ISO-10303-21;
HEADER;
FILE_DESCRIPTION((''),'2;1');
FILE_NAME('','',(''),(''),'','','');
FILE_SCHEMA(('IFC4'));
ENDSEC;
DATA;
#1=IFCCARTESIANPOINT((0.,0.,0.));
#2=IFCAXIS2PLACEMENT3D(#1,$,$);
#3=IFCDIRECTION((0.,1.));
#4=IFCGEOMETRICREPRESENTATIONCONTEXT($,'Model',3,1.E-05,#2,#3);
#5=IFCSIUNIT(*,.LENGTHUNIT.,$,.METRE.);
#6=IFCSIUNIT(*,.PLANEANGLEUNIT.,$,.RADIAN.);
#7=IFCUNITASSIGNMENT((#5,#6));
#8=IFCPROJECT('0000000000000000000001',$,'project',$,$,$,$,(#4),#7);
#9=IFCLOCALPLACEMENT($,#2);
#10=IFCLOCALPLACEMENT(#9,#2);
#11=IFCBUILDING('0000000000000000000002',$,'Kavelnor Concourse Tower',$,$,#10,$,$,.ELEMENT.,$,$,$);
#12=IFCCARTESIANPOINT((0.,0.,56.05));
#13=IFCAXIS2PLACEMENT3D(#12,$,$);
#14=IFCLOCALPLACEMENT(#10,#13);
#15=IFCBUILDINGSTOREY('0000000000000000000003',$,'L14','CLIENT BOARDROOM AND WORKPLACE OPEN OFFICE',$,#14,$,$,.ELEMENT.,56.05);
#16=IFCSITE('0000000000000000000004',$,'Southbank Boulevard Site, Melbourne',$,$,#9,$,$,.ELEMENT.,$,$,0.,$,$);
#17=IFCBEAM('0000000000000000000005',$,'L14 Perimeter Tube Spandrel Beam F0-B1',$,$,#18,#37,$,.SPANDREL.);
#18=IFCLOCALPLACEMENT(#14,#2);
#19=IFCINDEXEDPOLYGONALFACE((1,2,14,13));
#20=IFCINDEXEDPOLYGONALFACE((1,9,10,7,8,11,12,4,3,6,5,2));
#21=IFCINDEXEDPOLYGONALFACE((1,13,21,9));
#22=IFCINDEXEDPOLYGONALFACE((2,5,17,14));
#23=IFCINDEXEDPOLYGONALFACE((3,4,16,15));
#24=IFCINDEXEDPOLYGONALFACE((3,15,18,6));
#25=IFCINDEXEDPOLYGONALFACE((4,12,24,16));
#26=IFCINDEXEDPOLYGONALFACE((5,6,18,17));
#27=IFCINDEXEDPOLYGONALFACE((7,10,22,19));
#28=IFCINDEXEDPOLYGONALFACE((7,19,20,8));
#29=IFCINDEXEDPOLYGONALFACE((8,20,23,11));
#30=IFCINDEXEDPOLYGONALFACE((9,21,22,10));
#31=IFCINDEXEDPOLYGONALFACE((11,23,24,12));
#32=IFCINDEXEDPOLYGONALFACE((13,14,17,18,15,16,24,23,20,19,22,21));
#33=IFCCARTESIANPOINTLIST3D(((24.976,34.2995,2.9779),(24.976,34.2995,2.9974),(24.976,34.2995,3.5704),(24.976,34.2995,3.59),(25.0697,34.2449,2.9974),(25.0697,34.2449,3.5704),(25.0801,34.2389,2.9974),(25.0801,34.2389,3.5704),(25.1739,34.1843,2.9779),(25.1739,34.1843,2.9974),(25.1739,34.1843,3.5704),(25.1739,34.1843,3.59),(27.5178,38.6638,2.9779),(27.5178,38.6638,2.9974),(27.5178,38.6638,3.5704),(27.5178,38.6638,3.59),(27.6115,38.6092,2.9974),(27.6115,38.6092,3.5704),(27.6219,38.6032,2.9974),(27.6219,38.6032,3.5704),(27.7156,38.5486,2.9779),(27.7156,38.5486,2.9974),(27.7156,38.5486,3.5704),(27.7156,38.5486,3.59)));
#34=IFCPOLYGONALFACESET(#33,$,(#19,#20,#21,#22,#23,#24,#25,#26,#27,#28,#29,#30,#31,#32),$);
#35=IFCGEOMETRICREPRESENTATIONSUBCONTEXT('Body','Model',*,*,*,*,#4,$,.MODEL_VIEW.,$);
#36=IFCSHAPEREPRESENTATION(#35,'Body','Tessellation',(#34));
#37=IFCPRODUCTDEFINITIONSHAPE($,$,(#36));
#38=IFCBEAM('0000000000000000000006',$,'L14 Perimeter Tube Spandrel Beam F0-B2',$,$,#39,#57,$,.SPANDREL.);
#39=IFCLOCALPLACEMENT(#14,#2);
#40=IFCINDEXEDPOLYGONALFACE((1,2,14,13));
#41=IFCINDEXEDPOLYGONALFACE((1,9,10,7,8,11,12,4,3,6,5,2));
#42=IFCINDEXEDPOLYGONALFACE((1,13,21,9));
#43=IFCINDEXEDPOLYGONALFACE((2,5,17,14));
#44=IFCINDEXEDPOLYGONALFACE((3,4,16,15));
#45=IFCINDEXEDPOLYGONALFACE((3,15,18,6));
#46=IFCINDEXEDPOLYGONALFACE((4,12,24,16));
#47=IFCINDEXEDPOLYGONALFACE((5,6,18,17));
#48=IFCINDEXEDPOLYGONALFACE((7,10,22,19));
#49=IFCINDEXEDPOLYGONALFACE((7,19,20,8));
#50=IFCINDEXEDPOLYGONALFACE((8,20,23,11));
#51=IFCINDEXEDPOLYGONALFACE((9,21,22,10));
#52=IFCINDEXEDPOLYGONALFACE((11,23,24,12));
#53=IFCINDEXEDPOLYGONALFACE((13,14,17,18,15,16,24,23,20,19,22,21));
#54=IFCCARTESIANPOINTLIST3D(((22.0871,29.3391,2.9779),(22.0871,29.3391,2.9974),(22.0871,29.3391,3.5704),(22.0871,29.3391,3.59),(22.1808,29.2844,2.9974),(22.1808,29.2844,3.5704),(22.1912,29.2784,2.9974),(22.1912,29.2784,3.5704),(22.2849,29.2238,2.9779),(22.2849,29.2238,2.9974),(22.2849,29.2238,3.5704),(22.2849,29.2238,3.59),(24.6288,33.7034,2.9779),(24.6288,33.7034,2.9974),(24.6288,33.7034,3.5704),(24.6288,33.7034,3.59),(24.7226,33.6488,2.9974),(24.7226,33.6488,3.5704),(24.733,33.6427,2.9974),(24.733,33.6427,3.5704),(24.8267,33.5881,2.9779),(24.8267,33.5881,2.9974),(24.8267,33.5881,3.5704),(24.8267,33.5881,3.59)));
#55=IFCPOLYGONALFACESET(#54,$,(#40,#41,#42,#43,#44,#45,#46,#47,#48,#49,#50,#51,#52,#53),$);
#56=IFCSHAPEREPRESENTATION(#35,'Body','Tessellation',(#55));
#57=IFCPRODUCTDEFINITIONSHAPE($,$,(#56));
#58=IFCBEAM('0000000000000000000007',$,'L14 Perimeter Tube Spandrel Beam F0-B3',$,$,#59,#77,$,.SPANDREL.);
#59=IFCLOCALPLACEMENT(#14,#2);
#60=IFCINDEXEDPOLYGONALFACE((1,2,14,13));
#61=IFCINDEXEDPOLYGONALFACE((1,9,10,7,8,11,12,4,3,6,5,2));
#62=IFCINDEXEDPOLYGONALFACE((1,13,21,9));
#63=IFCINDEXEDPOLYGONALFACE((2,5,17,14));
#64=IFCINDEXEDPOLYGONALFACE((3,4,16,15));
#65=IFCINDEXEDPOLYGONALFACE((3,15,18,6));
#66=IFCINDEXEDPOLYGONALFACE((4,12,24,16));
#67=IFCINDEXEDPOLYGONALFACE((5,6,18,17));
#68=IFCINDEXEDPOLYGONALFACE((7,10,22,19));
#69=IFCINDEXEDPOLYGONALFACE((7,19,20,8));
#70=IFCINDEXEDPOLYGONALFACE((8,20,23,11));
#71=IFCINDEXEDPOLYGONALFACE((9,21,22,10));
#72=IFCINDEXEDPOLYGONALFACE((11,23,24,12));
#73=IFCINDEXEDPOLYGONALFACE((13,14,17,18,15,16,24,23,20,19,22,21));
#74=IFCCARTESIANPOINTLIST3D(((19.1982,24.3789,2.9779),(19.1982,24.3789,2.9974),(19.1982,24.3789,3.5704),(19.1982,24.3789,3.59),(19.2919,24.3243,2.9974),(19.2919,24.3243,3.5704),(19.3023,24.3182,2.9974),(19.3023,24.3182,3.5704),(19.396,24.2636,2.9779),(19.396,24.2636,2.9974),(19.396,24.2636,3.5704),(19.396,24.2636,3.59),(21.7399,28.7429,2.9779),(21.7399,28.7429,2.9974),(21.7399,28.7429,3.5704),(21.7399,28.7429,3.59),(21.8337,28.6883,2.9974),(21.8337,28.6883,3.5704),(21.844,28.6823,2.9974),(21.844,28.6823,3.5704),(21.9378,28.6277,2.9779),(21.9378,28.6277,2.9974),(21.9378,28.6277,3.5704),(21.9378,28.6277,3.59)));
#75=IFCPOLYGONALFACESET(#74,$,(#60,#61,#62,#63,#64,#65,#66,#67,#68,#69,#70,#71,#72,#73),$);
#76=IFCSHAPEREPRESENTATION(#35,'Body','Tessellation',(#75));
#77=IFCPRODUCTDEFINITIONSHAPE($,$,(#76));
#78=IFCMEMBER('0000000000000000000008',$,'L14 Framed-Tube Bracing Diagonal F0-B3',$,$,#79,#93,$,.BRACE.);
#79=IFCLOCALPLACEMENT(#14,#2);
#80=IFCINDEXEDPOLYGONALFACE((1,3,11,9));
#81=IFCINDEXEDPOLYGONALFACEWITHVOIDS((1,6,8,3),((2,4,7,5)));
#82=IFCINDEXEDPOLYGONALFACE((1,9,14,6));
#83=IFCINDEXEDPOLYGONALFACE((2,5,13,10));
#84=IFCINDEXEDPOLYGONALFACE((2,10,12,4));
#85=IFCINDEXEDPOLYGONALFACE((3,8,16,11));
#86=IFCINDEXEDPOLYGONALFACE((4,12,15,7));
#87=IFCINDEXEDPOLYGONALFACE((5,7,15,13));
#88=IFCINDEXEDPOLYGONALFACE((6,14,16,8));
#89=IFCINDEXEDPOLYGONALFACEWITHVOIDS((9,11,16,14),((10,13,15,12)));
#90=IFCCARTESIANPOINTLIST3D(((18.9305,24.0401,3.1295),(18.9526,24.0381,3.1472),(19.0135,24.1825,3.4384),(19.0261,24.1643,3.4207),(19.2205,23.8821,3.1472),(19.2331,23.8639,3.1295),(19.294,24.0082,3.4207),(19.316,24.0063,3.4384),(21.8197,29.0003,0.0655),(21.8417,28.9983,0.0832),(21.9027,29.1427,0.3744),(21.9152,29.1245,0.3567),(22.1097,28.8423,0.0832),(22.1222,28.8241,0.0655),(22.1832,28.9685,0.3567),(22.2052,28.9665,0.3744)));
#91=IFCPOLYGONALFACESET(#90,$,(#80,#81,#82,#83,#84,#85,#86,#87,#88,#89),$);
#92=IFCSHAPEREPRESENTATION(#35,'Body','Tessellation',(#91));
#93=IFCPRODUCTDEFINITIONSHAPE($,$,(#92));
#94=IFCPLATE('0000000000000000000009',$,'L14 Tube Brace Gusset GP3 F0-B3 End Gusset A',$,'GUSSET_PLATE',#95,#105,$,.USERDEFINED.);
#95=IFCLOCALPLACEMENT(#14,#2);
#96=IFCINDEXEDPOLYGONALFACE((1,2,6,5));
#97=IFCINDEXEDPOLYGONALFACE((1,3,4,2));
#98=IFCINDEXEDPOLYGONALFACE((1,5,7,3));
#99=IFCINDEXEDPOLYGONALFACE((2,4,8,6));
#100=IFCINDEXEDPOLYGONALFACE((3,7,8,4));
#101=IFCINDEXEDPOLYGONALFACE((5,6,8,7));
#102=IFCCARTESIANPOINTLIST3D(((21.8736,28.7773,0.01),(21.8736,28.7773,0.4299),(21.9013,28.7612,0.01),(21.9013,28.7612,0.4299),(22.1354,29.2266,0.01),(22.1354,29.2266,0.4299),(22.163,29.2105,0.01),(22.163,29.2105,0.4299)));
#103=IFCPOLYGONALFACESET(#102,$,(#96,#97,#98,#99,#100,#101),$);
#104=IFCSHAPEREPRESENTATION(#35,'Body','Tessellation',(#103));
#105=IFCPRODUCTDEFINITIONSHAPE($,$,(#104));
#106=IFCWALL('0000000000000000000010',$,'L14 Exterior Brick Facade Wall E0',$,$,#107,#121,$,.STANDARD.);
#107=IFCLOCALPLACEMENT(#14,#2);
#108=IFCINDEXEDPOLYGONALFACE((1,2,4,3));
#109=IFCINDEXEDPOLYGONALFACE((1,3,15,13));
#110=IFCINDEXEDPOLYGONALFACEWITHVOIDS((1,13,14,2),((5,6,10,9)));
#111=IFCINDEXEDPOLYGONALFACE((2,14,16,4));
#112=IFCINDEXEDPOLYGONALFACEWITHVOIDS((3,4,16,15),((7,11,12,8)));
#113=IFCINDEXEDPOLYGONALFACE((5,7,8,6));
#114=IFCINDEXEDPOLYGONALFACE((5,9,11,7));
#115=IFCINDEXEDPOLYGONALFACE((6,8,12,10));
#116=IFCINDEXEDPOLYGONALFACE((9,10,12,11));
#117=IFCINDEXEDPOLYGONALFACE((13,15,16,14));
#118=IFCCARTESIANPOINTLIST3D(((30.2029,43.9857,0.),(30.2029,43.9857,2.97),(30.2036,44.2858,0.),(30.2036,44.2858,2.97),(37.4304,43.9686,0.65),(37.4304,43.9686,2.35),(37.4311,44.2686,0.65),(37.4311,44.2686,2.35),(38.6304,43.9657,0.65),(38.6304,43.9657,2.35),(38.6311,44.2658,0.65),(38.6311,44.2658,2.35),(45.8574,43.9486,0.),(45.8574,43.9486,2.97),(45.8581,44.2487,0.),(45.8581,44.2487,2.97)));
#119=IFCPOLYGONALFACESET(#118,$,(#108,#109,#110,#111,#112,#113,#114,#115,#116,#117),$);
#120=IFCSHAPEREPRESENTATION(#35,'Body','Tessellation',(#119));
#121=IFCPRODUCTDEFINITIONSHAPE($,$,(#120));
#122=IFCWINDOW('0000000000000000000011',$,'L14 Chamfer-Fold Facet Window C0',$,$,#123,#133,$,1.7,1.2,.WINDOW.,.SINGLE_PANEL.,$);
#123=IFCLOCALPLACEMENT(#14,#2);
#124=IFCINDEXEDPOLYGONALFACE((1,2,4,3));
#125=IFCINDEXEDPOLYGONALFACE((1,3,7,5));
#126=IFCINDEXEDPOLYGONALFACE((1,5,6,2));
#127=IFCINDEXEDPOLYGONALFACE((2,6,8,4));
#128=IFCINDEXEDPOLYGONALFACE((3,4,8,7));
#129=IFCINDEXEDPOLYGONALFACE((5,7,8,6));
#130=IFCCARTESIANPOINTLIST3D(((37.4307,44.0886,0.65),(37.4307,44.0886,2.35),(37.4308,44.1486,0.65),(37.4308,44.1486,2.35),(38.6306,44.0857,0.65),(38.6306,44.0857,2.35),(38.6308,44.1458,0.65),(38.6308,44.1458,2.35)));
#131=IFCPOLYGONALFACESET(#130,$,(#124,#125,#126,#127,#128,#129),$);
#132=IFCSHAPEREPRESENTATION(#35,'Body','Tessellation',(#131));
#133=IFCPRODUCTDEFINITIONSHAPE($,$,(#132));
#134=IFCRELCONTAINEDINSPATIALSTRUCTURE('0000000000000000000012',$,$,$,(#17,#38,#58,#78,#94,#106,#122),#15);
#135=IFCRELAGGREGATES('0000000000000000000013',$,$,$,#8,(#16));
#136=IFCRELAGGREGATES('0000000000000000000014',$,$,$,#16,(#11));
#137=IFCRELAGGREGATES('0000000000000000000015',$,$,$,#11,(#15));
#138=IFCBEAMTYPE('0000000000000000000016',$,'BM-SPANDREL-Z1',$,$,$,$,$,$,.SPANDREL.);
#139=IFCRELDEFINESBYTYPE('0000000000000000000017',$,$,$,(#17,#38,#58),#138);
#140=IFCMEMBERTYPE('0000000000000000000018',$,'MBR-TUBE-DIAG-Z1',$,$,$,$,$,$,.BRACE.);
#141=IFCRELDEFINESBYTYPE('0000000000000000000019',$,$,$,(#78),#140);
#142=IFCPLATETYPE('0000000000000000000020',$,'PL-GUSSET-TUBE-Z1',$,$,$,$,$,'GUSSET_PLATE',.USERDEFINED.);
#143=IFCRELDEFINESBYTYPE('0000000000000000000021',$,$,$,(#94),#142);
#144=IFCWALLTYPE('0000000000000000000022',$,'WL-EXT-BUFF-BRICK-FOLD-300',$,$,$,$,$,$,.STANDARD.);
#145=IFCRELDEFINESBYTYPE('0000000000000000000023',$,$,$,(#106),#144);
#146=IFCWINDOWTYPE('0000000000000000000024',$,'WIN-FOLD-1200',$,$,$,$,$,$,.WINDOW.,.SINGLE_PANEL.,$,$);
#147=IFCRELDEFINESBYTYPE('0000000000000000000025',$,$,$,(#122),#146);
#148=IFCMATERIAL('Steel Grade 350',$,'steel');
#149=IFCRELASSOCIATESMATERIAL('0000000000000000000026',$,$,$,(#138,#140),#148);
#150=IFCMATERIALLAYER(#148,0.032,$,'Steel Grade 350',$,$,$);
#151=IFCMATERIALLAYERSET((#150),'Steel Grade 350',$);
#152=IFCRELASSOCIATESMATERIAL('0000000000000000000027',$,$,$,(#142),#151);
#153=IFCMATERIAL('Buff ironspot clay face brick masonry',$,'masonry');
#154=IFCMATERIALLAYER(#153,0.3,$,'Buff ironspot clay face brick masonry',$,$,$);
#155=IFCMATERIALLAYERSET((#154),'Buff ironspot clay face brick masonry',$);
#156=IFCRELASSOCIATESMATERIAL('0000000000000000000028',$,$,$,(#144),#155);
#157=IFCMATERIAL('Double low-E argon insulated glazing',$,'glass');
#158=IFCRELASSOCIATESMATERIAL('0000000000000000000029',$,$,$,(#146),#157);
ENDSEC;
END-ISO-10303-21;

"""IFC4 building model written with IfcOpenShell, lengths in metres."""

from ifc_helpers import new_model, si_unit, direction, frame, frame_2d, origin, origin_2d, place, context, subcontext, project, spatial, rectangle, hollow_rectangle, i_section, extrude, material, layer, layer_set, material_profile, profile_set, type_object, element, fill, save


model = new_model("IFC4")

# Units and contexts
model_context = context("Model", 3, precision=1e-05, world=origin(), true_north=direction((0.0, 1.0)))
body_context = subcontext(model_context, "Body", "Model", "MODEL_VIEW")
ifc_project = project(units=[si_unit("LENGTHUNIT", "METRE"), si_unit("PLANEANGLEUNIT", "RADIAN")], contexts=[model_context])

# Site, building, storey
site_placement = place(None, origin())
site = spatial("IfcSite", under=ifc_project, at=site_placement, Name="Southbank Boulevard Site, Melbourne", CompositionType="ELEMENT", RefElevation=0.0)
building_placement = place(site_placement, origin())
building = spatial("IfcBuilding", under=site, at=building_placement, Name="Kavelnor Concourse Tower", CompositionType="ELEMENT")
storey_placement = place(building_placement, frame((0.0, 0.0, 56.05)))
storey = spatial("IfcBuildingStorey", under=building, at=storey_placement, Name="L14", Description="CLIENT BOARDROOM AND WORKPLACE OPEN OFFICE", CompositionType="ELEMENT", Elevation=56.05)

# Shared definitions
ifc_material_1 = material(Name="Steel Grade 350", Category="steel")

# Beams
ifc_material_profile_1 = material_profile(ifc_material_1, i_section(OverallWidth=0.229, OverallDepth=0.6121, WebThickness=0.012, FlangeThickness=0.0195, at=origin_2d()), Name="610UB125")
ifc_profile_set_1 = profile_set([ifc_material_profile_1], Name="Steel Grade 350")
beam_type_1 = type_object("IfcBeamType", Name="BM-SPANDREL-Z1", PredefinedType="SPANDREL", material=ifc_profile_set_1)
for number, where, z_axis, x_axis, name in (
    (1, (27.6167, 38.6062, 3.2839), (-0.50327, -0.864129, 0.0), (0.864129, -0.50327, 0.0), "L14 Perimeter Tube Spandrel Beam F0-B1"),
    (2, (24.7278, 33.6458, 3.2839), (-0.50327, -0.864129, 0.0), (0.864129, -0.50327, 0.0), "L14 Perimeter Tube Spandrel Beam F0-B2"),
):
    element("IfcBeam", number, at=place(storey_placement, frame(where, z_axis=z_axis, x_axis=x_axis)), inside=storey, type_object=beam_type_1, Name=name, PredefinedType="SPANDREL", context=body_context, shape_type="SweptSolid", body=[
        extrude(i_section(OverallWidth=0.229, OverallDepth=0.6121, WebThickness=0.012, FlangeThickness=0.0195, at=origin_2d()), origin(), (0.0, 0.0, 1.0), 5.0505),
    ])
beam_1_placement = place(storey_placement, frame((21.8389, 28.6853, 3.2839), z_axis=(-0.503291, -0.864117, 0.0), x_axis=(0.864117, -0.503291, 0.0)))
element("IfcBeam", 3, at=beam_1_placement, inside=storey, type_object=beam_type_1, Name="L14 Perimeter Tube Spandrel Beam F0-B3", PredefinedType="SPANDREL", context=body_context, shape_type="SweptSolid", body=[
    extrude(i_section(OverallWidth=0.229, OverallDepth=0.6121, WebThickness=0.012, FlangeThickness=0.0195, at=origin_2d()), origin(), (0.0, 0.0, 1.0), 5.0503),
])

# Member
ifc_material_profile_2 = material_profile(ifc_material_1, hollow_rectangle(XDim=0.3501, YDim=0.3501, WallThickness=0.02, at=origin_2d()), Name="SHS 350x350x20")
ifc_profile_set_2 = profile_set([ifc_material_profile_2], Name="Steel Grade 350")
member_type = type_object("IfcMemberType", Name="MBR-TUBE-DIAG-Z1", PredefinedType="BRACE", material=ifc_profile_set_2)
member_placement = place(storey_placement, frame((22.0125, 28.9834, 0.22), z_axis=(-0.44402, -0.762308, 0.470885), x_axis=(0.864104, -0.503313, 0.0)))
element("IfcMember", 4, at=member_placement, inside=storey, type_object=member_type, Name="L14 Framed-Tube Bracing Diagonal F0-B3", PredefinedType="BRACE", context=body_context, shape_type="SweptSolid", body=[
    extrude(hollow_rectangle(XDim=0.3501, YDim=0.3501, WallThickness=0.02, at=origin_2d()), origin(), (0.0, 0.0, 1.0), 6.5068),
])

# Plate
ifc_layer_1 = layer(ifc_material_1, 0.032, Name="Steel Grade 350")
ifc_layer_set_1 = layer_set([ifc_layer_1], Name="Steel Grade 350")
plate_type = type_object("IfcPlateType", Name="PL-GUSSET-TUBE-Z1", ElementType="GUSSET_PLATE", PredefinedType="USERDEFINED", material=ifc_layer_set_1)
plate_placement = place(storey_placement, frame((22.0183, 28.9939, 0.01), z_axis=(0.0, 0.0, 1.0), x_axis=(-0.503322, -0.864099, 0.0)))
element("IfcPlate", 5, at=plate_placement, inside=storey, type_object=plate_type, Name="L14 Tube Brace Gusset GP3 F0-B3 End Gusset A", ObjectType="GUSSET_PLATE", PredefinedType="USERDEFINED", context=body_context, shape_type="SweptSolid", body=[
    extrude(rectangle(XDim=0.52, YDim=0.032, at=origin_2d()), origin(), (0.0, 0.0, 1.0), 0.4199),
])

# Wall, opening, window
ifc_material_2 = material(Name="Buff ironspot clay face brick masonry", Category="masonry")
ifc_layer_2 = layer(ifc_material_2, 0.3, Name="Buff ironspot clay face brick masonry")
ifc_layer_set_2 = layer_set([ifc_layer_2], Name="Buff ironspot clay face brick masonry")
wall_type_1 = type_object("IfcWallType", Name="WL-EXT-BUFF-BRICK-FOLD-300", PredefinedType="STANDARD", material=ifc_layer_set_2)
wall_1_placement = place(storey_placement, frame((30.2034, 44.1357, 0.0), z_axis=(0.0, 0.0, 1.0), x_axis=(0.999997, -0.002371, 0.0)))
wall_1 = element("IfcWall", 6, at=wall_1_placement, inside=storey, type_object=wall_type_1, Name="L14 Exterior Brick Facade Wall E0", PredefinedType="STANDARD", context=body_context, shape_type="SweptSolid", body=[
    extrude(rectangle(XDim=15.6545, YDim=0.3, at=frame_2d((7.8271, 0.0))), origin(), (0.0, 0.0, 1.0), 2.97),
])
opening_1_placement = place(wall_1_placement, frame((7.2273, 0.0, 0.6499)))
opening_1 = element("IfcOpeningElement", 7, at=opening_1_placement, cuts=wall_1, PredefinedType="OPENING", context=body_context, shape_type="SweptSolid", body=[
    extrude(rectangle(XDim=1.2, YDim=1.7, at=frame_2d((0.6001, 0.8501))), frame((0.0, 0.1602, 0.0), z_axis=(0.0, -1.0, 0.0), x_axis=(1.0, 0.0, 0.0)), (0.0, 0.0, 1.0), 0.3201),
])
ifc_material_3 = material(Name="Double low-E argon insulated glazing", Category="glass")
window_type = type_object("IfcWindowType", Name="WIN-FOLD-1200", PartitioningType="SINGLE_PANEL", PredefinedType="WINDOW", material=ifc_material_3)
window_placement = place(opening_1_placement, origin())
window = element("IfcWindow", 8, at=window_placement, inside=storey, type_object=window_type, Name="L14 Chamfer-Fold Facet Window C0", OverallHeight=1.7, OverallWidth=1.2, PartitioningType="SINGLE_PANEL", PredefinedType="WINDOW", context=body_context, shape_type="SweptSolid", body=[
    extrude(rectangle(XDim=1.2, YDim=1.7, at=frame_2d((0.6001, 0.8501))), frame((0.0, 0.03, 0.0), z_axis=(0.0, -1.0, 0.0), x_axis=(1.0, 0.0, 0.0)), (0.0, 0.0, 1.0), 0.0601),
])
fill(opening_1, window)

save(model, "model.ifc")
